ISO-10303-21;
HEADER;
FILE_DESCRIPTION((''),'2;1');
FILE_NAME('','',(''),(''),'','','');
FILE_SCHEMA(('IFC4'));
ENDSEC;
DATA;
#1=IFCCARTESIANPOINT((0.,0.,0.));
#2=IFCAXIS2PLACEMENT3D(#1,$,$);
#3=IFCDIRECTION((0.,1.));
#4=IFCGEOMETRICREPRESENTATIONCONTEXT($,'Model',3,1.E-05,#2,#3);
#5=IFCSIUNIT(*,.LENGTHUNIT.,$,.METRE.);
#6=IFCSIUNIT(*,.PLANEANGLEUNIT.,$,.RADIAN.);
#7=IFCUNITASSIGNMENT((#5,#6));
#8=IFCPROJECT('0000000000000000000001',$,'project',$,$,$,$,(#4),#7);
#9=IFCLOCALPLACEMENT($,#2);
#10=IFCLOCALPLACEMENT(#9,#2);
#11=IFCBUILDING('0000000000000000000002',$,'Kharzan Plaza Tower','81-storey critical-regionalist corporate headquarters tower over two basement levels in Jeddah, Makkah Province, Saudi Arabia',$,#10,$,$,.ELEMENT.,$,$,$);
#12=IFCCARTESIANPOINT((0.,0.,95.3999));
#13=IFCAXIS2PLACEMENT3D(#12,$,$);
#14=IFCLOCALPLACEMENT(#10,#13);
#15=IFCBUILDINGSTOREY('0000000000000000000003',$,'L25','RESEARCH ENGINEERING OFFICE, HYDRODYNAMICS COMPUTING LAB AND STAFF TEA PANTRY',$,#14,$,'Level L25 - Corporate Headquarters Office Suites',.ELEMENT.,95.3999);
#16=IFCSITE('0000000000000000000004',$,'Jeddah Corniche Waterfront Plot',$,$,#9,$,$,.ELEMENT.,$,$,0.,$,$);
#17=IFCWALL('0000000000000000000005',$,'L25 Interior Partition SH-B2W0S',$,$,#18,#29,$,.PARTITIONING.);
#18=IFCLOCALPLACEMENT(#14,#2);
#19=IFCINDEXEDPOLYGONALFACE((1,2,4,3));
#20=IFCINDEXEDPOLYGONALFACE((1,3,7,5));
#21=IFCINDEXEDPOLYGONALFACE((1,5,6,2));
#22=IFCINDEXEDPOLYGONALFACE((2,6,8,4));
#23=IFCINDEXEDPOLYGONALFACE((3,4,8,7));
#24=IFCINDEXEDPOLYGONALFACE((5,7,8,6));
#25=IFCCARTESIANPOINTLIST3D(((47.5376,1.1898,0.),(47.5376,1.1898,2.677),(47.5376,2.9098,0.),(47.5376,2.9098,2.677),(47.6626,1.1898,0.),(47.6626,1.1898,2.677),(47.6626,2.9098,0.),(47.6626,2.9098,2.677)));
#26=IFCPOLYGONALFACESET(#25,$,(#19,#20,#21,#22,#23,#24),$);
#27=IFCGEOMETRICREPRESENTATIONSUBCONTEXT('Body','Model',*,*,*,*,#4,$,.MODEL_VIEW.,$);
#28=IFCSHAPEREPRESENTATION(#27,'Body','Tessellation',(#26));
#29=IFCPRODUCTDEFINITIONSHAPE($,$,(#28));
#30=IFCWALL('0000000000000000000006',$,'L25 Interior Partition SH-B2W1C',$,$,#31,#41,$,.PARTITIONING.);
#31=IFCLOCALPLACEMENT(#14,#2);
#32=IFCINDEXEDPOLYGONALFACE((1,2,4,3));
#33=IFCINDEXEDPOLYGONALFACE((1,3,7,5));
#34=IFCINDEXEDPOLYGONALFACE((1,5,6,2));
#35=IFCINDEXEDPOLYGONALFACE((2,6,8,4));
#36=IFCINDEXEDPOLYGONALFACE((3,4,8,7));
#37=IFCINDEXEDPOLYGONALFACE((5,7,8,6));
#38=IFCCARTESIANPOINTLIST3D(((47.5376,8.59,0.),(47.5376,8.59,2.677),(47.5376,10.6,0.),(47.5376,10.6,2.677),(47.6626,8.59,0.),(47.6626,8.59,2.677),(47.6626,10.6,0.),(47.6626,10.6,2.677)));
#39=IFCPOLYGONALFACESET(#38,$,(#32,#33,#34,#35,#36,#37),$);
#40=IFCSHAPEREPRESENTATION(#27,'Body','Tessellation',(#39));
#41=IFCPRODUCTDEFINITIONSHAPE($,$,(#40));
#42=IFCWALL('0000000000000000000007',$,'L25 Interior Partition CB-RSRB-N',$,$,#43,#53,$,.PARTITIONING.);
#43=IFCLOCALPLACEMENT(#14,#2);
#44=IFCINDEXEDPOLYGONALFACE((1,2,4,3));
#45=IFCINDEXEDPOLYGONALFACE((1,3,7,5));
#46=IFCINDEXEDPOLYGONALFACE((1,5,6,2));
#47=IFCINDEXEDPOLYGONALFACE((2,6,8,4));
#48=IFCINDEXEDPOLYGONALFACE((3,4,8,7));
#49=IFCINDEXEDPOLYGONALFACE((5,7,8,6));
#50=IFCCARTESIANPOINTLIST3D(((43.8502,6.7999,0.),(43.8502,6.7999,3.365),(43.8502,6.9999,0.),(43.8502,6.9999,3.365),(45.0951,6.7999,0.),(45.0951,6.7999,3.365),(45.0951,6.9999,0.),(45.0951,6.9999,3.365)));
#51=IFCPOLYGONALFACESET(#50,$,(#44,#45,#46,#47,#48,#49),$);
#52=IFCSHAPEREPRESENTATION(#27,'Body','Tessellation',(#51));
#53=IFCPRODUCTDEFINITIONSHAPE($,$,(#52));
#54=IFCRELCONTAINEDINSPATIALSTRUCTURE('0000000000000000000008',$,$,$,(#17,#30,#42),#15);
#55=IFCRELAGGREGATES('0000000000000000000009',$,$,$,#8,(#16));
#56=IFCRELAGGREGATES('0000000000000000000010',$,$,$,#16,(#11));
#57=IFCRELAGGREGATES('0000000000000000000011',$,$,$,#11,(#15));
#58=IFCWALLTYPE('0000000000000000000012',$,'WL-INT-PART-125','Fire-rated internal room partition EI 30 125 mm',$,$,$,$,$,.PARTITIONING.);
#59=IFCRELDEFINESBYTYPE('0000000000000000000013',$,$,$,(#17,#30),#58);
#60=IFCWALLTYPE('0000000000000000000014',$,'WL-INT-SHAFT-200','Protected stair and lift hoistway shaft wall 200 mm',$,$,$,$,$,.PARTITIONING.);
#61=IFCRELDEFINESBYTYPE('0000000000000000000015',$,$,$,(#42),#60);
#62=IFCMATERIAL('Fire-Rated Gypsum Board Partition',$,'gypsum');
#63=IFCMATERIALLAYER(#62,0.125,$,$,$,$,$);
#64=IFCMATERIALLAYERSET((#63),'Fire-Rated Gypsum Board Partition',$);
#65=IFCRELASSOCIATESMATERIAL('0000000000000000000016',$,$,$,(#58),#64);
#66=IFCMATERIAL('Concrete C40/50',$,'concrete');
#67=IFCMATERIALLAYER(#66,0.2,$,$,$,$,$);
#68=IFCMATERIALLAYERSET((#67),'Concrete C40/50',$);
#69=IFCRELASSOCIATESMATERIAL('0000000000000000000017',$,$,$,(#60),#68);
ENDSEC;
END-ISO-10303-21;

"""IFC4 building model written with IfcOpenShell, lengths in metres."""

from ifc_helpers import new_model, si_unit, direction, frame, frame_2d, origin, place, context, subcontext, project, spatial, rectangle, extrude, source, transform, mapped, material, layer, layer_set, type_object, element, save


model = new_model("IFC4")

# Units and contexts
model_context = context("Model", 3, precision=1e-05, world=origin(), true_north=direction((0.0, 1.0)))
body_context = subcontext(model_context, "Body", "Model", "MODEL_VIEW")
ifc_project = project(units=[si_unit("LENGTHUNIT", "METRE"), si_unit("PLANEANGLEUNIT", "RADIAN")], contexts=[model_context])

# Site, building, storey
site_placement = place(None, origin())
site = spatial("IfcSite", under=ifc_project, at=site_placement, Name="Jeddah Corniche Waterfront Plot", CompositionType="ELEMENT", RefElevation=0.0)
building_placement = place(site_placement, origin())
building = spatial("IfcBuilding", under=site, at=building_placement, Name="Kharzan Plaza Tower", Description="81-storey critical-regionalist corporate headquarters tower over two basement levels in Jeddah, Makkah Province, Saudi Arabia", CompositionType="ELEMENT")
storey_placement = place(building_placement, frame((0.0, 0.0, 95.3999)))
storey = spatial("IfcBuildingStorey", under=building, at=storey_placement, Name="L25", Description="RESEARCH ENGINEERING OFFICE, HYDRODYNAMICS COMPUTING LAB AND STAFF TEA PANTRY", LongName="Level L25 - Corporate Headquarters Office Suites", CompositionType="ELEMENT", Elevation=95.3999)

# Shared definitions
ifc_material_1 = material(Name="Fire-Rated Gypsum Board Partition", Category="gypsum")
ifc_layer_1 = layer(ifc_material_1, 0.125)
ifc_layer_set_1 = layer_set([ifc_layer_1], Name="Fire-Rated Gypsum Board Partition")
wall_type_1 = type_object("IfcWallType", Name="WL-INT-PART-125", Description="Fire-rated internal room partition EI 30 125 mm", PredefinedType="PARTITIONING", material=ifc_layer_set_1)

# Walls
ifc_material_2 = material(Name="Concrete C40/50", Category="concrete")
shared_shape_1 = source(origin(), body_context, "Body", "SweptSolid", [
    extrude(rectangle(XDim=1.72, YDim=0.125, at=frame_2d((0.8599, 0.0))), origin(), (0.0, 0.0, 1.0), 2.677),
])
wall_1_placement = place(storey_placement, frame((47.6001, 1.1899, 0.0), z_axis=(0.0, 0.0, 1.0), x_axis=(0.0, 1.0, 0.0)))
element("IfcWall", 1, at=wall_1_placement, inside=storey, type_object=wall_type_1, Name="L25 Interior Partition SH-B2W0S", PredefinedType="PARTITIONING", context=body_context, shape_type="MappedRepresentation", body=[
    mapped(shared_shape_1, transform((0.0, 0.0, 0.0), x_axis=(1.0, 0.0, 0.0), y_axis=(0.0, 1.0, 0.0), z_axis=(0.0, 0.0, 1.0))),
])
shared_shape_2 = source(origin(), body_context, "Body", "SweptSolid", [
    extrude(rectangle(XDim=2.01, YDim=0.125, at=frame_2d((1.0049, 0.0))), origin(), (0.0, 0.0, 1.0), 2.677),
])
wall_2_placement = place(storey_placement, frame((47.6001, 8.5901, 0.0), z_axis=(0.0, 0.0, 1.0), x_axis=(0.0, 1.0, 0.0)))
element("IfcWall", 2, at=wall_2_placement, inside=storey, type_object=wall_type_1, Name="L25 Interior Partition SH-B2W1C", PredefinedType="PARTITIONING", context=body_context, shape_type="MappedRepresentation", body=[
    mapped(shared_shape_2, transform((0.0, 0.0, 0.0), x_axis=(1.0, 0.0, 0.0), y_axis=(0.0, 1.0, 0.0), z_axis=(0.0, 0.0, 1.0))),
])
ifc_layer_2 = layer(ifc_material_2, 0.2)
ifc_layer_set_2 = layer_set([ifc_layer_2], Name="Concrete C40/50")
wall_type_2 = type_object("IfcWallType", Name="WL-INT-SHAFT-200", Description="Protected stair and lift hoistway shaft wall 200 mm", PredefinedType="PARTITIONING", material=ifc_layer_set_2)
shared_shape_3 = source(origin(), body_context, "Body", "SweptSolid", [
    extrude(rectangle(XDim=1.2449, YDim=0.2, at=frame_2d((0.6226, 0.0))), origin(), (0.0, 0.0, 1.0), 3.365),
])
wall_3_placement = place(storey_placement, frame((43.8501, 6.8999, 0.0), z_axis=(0.0, 0.0, 1.0), x_axis=(1.0, 0.0, 0.0)))
element("IfcWall", 3, at=wall_3_placement, inside=storey, type_object=wall_type_2, Name="L25 Interior Partition CB-RSRB-N", PredefinedType="PARTITIONING", context=body_context, shape_type="MappedRepresentation", body=[
    mapped(shared_shape_3, transform((0.0, 0.0, 0.0), x_axis=(1.0, 0.0, 0.0), y_axis=(0.0, 1.0, 0.0), z_axis=(0.0, 0.0, 1.0))),
])

save(model, "model.ifc")
